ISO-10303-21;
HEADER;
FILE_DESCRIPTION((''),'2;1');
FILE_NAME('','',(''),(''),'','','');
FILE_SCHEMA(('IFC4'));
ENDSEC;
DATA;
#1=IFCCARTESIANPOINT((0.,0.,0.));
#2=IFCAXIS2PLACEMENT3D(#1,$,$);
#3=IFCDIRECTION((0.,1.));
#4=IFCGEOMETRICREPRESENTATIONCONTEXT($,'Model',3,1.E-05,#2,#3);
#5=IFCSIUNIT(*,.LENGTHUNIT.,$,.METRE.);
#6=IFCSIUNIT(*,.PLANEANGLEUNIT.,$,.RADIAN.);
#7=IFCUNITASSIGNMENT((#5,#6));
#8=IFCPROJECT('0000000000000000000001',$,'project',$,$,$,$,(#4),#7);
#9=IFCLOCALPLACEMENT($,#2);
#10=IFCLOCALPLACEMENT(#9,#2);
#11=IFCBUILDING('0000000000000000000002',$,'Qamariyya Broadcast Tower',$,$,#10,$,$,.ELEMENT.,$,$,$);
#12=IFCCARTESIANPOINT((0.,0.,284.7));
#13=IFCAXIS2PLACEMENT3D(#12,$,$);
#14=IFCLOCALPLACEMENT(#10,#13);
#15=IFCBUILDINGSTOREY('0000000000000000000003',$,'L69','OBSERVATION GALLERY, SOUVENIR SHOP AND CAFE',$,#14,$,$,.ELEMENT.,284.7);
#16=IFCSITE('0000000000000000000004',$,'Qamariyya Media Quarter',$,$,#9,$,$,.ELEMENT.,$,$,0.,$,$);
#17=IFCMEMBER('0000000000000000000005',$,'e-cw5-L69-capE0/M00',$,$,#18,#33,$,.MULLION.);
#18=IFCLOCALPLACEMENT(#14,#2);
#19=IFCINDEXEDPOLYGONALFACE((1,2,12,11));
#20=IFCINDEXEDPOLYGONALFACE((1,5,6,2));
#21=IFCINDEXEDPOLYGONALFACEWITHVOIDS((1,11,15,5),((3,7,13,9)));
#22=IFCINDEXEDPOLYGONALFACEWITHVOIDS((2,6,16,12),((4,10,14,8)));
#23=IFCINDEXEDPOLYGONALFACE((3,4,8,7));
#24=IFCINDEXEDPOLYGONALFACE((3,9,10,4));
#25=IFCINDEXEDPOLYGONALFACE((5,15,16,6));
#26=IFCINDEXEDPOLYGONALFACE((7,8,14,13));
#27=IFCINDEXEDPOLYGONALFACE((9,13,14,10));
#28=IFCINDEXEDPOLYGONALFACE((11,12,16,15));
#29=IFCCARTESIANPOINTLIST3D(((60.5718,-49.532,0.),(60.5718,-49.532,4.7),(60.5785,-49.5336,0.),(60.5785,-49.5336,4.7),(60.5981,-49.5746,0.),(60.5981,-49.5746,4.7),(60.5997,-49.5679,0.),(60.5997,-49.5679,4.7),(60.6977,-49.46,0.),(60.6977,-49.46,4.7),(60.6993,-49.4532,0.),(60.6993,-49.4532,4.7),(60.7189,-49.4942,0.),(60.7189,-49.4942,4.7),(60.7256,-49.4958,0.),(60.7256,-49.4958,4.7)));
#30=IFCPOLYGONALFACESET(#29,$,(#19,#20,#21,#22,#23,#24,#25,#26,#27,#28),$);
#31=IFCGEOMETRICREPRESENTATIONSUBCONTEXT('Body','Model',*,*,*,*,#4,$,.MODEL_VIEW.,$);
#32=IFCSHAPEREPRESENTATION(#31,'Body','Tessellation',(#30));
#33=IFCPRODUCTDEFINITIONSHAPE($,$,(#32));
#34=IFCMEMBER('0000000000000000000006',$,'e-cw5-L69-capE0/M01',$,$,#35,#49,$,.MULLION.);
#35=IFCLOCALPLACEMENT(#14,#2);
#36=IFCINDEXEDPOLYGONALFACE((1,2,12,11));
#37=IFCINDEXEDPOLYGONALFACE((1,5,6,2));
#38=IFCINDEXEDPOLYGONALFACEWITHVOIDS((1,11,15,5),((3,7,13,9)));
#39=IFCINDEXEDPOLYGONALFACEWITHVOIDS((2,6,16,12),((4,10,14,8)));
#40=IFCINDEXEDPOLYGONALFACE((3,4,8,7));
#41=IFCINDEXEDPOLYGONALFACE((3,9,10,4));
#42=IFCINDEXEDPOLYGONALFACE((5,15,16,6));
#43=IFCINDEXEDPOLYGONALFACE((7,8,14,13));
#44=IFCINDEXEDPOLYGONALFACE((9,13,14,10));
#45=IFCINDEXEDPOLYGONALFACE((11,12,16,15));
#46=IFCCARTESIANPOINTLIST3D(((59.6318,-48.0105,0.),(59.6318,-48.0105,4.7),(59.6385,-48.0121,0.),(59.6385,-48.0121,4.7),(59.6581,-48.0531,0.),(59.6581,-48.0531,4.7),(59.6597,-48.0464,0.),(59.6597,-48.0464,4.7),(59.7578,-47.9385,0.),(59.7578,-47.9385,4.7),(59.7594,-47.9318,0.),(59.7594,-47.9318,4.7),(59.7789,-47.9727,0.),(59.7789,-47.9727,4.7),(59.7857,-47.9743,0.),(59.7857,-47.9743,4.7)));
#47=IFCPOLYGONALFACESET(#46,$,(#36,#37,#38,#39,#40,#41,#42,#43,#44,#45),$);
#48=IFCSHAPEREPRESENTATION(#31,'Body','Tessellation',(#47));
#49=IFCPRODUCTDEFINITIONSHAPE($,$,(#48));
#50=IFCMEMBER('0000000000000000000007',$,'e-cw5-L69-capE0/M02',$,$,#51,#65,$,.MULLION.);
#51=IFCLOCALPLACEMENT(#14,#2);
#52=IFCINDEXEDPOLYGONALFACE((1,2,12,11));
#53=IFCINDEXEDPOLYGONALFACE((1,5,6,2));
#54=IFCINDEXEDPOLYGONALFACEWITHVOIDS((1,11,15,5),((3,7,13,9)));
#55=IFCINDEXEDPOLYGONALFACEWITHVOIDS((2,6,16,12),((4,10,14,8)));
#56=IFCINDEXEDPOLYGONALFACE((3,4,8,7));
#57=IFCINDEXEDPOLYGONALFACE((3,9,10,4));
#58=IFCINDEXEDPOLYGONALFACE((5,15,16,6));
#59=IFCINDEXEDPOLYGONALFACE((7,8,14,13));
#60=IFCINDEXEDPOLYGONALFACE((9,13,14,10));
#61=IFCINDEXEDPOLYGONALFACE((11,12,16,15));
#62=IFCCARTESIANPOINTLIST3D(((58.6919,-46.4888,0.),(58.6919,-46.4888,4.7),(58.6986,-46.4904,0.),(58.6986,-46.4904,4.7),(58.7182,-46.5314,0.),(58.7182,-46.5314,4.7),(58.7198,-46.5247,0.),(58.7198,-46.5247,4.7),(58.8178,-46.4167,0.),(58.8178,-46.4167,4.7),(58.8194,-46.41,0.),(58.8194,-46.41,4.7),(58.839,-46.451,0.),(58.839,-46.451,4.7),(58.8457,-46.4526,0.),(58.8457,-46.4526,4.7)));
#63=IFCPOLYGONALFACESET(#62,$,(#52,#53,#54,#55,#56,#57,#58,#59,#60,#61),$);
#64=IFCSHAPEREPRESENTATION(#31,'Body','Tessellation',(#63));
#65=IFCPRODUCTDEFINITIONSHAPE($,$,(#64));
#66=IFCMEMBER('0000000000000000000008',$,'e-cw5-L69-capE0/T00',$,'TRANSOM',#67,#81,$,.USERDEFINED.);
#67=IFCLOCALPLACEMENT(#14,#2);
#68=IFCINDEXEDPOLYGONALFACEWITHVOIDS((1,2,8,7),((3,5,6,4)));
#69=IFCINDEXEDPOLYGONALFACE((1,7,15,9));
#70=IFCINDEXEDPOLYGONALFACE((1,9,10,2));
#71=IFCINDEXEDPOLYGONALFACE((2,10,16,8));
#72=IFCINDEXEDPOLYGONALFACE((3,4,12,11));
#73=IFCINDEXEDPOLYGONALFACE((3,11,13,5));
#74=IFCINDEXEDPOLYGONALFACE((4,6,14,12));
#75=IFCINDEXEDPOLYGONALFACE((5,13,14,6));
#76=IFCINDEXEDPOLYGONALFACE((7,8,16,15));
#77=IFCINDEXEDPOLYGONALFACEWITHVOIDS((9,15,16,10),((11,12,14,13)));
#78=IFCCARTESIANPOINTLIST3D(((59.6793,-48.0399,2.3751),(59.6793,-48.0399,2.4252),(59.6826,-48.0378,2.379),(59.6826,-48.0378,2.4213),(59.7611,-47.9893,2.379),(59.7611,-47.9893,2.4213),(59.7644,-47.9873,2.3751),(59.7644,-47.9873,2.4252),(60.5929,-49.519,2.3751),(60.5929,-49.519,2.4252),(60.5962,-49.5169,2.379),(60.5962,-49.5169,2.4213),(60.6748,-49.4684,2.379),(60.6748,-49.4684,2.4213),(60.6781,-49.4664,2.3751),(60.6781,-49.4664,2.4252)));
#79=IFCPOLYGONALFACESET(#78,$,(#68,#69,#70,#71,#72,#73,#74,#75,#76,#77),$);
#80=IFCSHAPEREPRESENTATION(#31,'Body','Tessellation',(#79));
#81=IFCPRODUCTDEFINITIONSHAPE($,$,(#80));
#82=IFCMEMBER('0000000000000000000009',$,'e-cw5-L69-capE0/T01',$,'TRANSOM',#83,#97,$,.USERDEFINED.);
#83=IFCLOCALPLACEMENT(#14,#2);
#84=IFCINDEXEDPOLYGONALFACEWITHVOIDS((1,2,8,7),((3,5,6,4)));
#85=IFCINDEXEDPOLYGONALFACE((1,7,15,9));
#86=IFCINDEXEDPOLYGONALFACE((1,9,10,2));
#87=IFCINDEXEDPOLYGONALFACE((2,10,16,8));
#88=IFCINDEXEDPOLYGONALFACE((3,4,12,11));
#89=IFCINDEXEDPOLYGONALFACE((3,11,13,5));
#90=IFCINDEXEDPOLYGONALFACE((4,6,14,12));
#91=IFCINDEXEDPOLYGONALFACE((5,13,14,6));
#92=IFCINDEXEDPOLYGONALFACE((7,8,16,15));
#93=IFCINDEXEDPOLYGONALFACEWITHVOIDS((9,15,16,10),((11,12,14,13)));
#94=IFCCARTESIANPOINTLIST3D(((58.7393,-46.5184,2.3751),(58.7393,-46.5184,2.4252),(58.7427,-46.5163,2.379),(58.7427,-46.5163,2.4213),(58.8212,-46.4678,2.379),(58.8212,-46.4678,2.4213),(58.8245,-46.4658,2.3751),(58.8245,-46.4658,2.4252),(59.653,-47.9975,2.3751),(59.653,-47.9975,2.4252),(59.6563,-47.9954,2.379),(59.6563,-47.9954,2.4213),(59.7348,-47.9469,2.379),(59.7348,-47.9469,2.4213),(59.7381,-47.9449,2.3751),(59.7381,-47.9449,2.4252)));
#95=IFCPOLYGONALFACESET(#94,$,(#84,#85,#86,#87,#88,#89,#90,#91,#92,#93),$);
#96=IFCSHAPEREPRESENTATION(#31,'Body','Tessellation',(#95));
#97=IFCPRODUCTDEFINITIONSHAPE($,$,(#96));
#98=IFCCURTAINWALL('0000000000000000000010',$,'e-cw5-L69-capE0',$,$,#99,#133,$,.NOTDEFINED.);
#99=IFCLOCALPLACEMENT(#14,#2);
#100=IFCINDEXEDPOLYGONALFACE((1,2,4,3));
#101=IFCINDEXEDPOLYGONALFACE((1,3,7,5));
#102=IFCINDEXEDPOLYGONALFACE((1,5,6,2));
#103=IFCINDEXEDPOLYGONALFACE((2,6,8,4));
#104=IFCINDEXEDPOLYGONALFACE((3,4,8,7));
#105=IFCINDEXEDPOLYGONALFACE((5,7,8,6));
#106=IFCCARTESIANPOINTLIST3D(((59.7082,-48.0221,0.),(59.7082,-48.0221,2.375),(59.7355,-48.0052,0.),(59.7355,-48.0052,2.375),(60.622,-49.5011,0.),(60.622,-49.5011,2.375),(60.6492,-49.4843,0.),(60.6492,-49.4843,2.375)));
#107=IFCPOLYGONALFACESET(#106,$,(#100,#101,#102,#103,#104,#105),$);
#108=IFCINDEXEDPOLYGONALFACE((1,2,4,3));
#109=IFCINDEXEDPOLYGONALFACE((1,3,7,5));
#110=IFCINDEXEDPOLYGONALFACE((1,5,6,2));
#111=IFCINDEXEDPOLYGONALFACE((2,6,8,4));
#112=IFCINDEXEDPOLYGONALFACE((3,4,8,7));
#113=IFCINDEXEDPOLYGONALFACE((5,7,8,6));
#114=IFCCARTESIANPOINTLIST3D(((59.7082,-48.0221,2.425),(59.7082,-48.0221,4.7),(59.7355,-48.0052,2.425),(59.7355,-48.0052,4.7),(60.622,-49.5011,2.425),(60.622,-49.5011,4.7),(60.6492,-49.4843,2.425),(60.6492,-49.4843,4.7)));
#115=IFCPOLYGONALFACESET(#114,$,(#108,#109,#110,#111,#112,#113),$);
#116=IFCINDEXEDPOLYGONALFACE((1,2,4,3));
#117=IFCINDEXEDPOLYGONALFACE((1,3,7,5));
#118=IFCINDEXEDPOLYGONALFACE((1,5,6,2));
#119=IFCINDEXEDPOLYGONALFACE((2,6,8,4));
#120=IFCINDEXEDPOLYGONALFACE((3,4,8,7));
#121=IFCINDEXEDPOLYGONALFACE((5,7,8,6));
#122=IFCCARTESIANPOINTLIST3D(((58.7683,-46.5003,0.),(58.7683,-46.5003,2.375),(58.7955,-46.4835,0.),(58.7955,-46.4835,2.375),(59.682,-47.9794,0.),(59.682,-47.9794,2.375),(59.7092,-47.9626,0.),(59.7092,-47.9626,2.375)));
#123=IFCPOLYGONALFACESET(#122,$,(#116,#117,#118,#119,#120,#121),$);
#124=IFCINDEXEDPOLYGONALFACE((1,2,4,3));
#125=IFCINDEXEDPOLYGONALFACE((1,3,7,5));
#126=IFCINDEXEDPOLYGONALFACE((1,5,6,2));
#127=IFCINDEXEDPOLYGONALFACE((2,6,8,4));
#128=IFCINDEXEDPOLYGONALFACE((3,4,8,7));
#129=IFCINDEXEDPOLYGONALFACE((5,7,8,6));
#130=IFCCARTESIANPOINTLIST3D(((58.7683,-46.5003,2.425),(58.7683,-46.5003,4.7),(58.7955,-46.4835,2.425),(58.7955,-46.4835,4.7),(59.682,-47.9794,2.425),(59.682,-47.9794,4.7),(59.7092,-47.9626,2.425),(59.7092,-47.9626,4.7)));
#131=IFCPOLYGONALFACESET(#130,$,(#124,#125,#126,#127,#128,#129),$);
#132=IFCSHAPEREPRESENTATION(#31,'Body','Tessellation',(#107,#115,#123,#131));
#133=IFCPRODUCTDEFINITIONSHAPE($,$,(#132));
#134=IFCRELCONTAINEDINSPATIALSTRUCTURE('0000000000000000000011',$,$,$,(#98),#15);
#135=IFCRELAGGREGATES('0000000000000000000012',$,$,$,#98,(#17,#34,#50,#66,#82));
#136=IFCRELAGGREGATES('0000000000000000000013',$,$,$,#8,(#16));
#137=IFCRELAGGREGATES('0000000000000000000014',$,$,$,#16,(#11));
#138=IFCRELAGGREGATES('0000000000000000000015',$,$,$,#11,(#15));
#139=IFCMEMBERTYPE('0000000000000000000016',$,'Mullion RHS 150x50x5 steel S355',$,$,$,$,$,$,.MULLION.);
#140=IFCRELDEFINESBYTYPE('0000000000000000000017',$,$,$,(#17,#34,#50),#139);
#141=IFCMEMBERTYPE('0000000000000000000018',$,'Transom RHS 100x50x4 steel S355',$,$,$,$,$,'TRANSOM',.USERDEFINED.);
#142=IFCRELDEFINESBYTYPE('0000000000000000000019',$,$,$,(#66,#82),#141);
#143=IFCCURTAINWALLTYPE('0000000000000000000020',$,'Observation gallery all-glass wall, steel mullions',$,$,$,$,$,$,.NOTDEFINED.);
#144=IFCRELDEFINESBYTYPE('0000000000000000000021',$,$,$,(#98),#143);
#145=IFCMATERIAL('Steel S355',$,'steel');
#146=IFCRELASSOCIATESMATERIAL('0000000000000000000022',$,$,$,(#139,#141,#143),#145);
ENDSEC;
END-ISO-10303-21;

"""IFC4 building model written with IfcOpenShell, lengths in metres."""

from ifc_helpers import new_model, si_unit, direction, frame, origin, origin_2d, place, context, subcontext, project, spatial, rectangle, hollow_rectangle, extrude, material, material_profile, profile_set, type_object, element, aggregate, save


model = new_model("IFC4")

# Units and contexts
model_context = context("Model", 3, precision=1e-05, world=origin(), true_north=direction((0.0, 1.0)))
body_context = subcontext(model_context, "Body", "Model", "MODEL_VIEW")
ifc_project = project(units=[si_unit("LENGTHUNIT", "METRE"), si_unit("PLANEANGLEUNIT", "RADIAN")], contexts=[model_context])

# Members
ifc_material = material(Name="Steel S355", Category="steel")
ifc_material_profile_1 = material_profile(ifc_material, hollow_rectangle(XDim=0.1499, YDim=0.05, WallThickness=0.0049, at=origin_2d()))
ifc_profile_set_1 = profile_set([ifc_material_profile_1], Name="Steel S355")
member_type_1 = type_object("IfcMemberType", Name="Mullion RHS 150x50x5 steel S355", PredefinedType="MULLION", material=ifc_profile_set_1)
site_placement = place(None, origin())
building_placement = place(site_placement, origin())
storey_placement = place(building_placement, frame((0.0, 0.0, 284.7)))
member_1_placement = place(storey_placement, frame((60.6487, -49.5139, 0.0), z_axis=(0.0, 0.0, 1.0), x_axis=(-0.850757, -0.525559, 0.0)))
member_1 = element("IfcMember", 1, at=member_1_placement, type_object=member_type_1, Name="e-cw5-L69-capE0/M00", PredefinedType="MULLION", context=body_context, shape_type="SweptSolid", body=[
    extrude(hollow_rectangle(XDim=0.1499, YDim=0.05, WallThickness=0.0049, at=origin_2d()), origin(), (0.0, 0.0, 1.0), 4.7),
])
member_2_placement = place(storey_placement, frame((59.7087, -47.9924, 0.0), z_axis=(0.0, 0.0, 1.0), x_axis=(-0.850757, -0.525559, 0.0)))
member_2 = element("IfcMember", 2, at=member_2_placement, type_object=member_type_1, Name="e-cw5-L69-capE0/M01", PredefinedType="MULLION", context=body_context, shape_type="SweptSolid", body=[
    extrude(hollow_rectangle(XDim=0.1499, YDim=0.05, WallThickness=0.0049, at=origin_2d()), origin(), (0.0, 0.0, 1.0), 4.7),
])
member_3_placement = place(storey_placement, frame((58.7688, -46.4707, 0.0), z_axis=(0.0, 0.0, 1.0), x_axis=(-0.850757, -0.525559, 0.0)))
member_3 = element("IfcMember", 3, at=member_3_placement, type_object=member_type_1, Name="e-cw5-L69-capE0/M02", PredefinedType="MULLION", context=body_context, shape_type="SweptSolid", body=[
    extrude(hollow_rectangle(XDim=0.1499, YDim=0.05, WallThickness=0.0049, at=origin_2d()), origin(), (0.0, 0.0, 1.0), 4.7),
])
ifc_material_profile_2 = material_profile(ifc_material, hollow_rectangle(XDim=0.1001, YDim=0.05, WallThickness=0.0039, at=origin_2d()))
ifc_profile_set_2 = profile_set([ifc_material_profile_2], Name="Steel S355")
member_type_2 = type_object("IfcMemberType", Name="Transom RHS 100x50x4 steel S355", ElementType="TRANSOM", PredefinedType="USERDEFINED", material=ifc_profile_set_2)
member_4_placement = place(storey_placement, frame((60.6355, -49.4927, 2.4001), z_axis=(-0.525523, 0.85078, 0.0), x_axis=(-0.85078, -0.525523, 0.0)))
member_4 = element("IfcMember", 4, at=member_4_placement, type_object=member_type_2, Name="e-cw5-L69-capE0/T00", ObjectType="TRANSOM", PredefinedType="USERDEFINED", context=body_context, shape_type="SweptSolid", body=[
    extrude(hollow_rectangle(XDim=0.1001, YDim=0.05, WallThickness=0.0039, at=origin_2d()), origin(), (0.0, 0.0, 1.0), 1.7385),
])
member_5_placement = place(storey_placement, frame((59.6956, -47.9712, 2.4001), z_axis=(-0.525523, 0.85078, 0.0), x_axis=(-0.85078, -0.525523, 0.0)))
member_5 = element("IfcMember", 5, at=member_5_placement, type_object=member_type_2, Name="e-cw5-L69-capE0/T01", ObjectType="TRANSOM", PredefinedType="USERDEFINED", context=body_context, shape_type="SweptSolid", body=[
    extrude(hollow_rectangle(XDim=0.1001, YDim=0.05, WallThickness=0.0039, at=origin_2d()), origin(), (0.0, 0.0, 1.0), 1.7385),
])

# Site, building, storey
site = spatial("IfcSite", under=ifc_project, at=site_placement, Name="Qamariyya Media Quarter", CompositionType="ELEMENT", RefElevation=0.0)
building = spatial("IfcBuilding", under=site, at=building_placement, Name="Qamariyya Broadcast Tower", CompositionType="ELEMENT")
storey = spatial("IfcBuildingStorey", under=building, at=storey_placement, Name="L69", Description="OBSERVATION GALLERY, SOUVENIR SHOP AND CAFE", CompositionType="ELEMENT", Elevation=284.7)

# Curtain wall
curtain_wall_type = type_object("IfcCurtainWallType", Name="Observation gallery all-glass wall, steel mullions", PredefinedType="NOTDEFINED", material=ifc_material)
curtain_wall_1_placement = place(storey_placement, origin())
curtain_wall_1 = element("IfcCurtainWall", 6, at=curtain_wall_1_placement, inside=storey, type_object=curtain_wall_type, Name="e-cw5-L69-capE0", PredefinedType="NOTDEFINED", context=body_context, shape_type="SweptSolid", body=[
    extrude(rectangle(XDim=1.7385, YDim=0.032, at=origin_2d()), frame((60.1787, -48.7532, 0.0), x_axis=(-0.525569, 0.850751, 0.0)), (0.0, 0.0, 1.0), 2.375),
    extrude(rectangle(XDim=1.7385, YDim=0.032, at=origin_2d()), frame((60.1787, -48.7532, 2.425), x_axis=(-0.525569, 0.850751, 0.0)), (0.0, 0.0, 1.0), 2.2749),
    extrude(rectangle(XDim=1.7385, YDim=0.032, at=origin_2d()), frame((59.2388, -47.2314, 0.0), x_axis=(-0.525569, 0.850751, 0.0)), (0.0, 0.0, 1.0), 2.375),
    extrude(rectangle(XDim=1.7385, YDim=0.032, at=origin_2d()), frame((59.2388, -47.2314, 2.425), x_axis=(-0.525569, 0.850751, 0.0)), (0.0, 0.0, 1.0), 2.2749),
])
aggregate(curtain_wall_1, [member_1, member_2, member_3, member_4, member_5])

save(model, "model.ifc")
